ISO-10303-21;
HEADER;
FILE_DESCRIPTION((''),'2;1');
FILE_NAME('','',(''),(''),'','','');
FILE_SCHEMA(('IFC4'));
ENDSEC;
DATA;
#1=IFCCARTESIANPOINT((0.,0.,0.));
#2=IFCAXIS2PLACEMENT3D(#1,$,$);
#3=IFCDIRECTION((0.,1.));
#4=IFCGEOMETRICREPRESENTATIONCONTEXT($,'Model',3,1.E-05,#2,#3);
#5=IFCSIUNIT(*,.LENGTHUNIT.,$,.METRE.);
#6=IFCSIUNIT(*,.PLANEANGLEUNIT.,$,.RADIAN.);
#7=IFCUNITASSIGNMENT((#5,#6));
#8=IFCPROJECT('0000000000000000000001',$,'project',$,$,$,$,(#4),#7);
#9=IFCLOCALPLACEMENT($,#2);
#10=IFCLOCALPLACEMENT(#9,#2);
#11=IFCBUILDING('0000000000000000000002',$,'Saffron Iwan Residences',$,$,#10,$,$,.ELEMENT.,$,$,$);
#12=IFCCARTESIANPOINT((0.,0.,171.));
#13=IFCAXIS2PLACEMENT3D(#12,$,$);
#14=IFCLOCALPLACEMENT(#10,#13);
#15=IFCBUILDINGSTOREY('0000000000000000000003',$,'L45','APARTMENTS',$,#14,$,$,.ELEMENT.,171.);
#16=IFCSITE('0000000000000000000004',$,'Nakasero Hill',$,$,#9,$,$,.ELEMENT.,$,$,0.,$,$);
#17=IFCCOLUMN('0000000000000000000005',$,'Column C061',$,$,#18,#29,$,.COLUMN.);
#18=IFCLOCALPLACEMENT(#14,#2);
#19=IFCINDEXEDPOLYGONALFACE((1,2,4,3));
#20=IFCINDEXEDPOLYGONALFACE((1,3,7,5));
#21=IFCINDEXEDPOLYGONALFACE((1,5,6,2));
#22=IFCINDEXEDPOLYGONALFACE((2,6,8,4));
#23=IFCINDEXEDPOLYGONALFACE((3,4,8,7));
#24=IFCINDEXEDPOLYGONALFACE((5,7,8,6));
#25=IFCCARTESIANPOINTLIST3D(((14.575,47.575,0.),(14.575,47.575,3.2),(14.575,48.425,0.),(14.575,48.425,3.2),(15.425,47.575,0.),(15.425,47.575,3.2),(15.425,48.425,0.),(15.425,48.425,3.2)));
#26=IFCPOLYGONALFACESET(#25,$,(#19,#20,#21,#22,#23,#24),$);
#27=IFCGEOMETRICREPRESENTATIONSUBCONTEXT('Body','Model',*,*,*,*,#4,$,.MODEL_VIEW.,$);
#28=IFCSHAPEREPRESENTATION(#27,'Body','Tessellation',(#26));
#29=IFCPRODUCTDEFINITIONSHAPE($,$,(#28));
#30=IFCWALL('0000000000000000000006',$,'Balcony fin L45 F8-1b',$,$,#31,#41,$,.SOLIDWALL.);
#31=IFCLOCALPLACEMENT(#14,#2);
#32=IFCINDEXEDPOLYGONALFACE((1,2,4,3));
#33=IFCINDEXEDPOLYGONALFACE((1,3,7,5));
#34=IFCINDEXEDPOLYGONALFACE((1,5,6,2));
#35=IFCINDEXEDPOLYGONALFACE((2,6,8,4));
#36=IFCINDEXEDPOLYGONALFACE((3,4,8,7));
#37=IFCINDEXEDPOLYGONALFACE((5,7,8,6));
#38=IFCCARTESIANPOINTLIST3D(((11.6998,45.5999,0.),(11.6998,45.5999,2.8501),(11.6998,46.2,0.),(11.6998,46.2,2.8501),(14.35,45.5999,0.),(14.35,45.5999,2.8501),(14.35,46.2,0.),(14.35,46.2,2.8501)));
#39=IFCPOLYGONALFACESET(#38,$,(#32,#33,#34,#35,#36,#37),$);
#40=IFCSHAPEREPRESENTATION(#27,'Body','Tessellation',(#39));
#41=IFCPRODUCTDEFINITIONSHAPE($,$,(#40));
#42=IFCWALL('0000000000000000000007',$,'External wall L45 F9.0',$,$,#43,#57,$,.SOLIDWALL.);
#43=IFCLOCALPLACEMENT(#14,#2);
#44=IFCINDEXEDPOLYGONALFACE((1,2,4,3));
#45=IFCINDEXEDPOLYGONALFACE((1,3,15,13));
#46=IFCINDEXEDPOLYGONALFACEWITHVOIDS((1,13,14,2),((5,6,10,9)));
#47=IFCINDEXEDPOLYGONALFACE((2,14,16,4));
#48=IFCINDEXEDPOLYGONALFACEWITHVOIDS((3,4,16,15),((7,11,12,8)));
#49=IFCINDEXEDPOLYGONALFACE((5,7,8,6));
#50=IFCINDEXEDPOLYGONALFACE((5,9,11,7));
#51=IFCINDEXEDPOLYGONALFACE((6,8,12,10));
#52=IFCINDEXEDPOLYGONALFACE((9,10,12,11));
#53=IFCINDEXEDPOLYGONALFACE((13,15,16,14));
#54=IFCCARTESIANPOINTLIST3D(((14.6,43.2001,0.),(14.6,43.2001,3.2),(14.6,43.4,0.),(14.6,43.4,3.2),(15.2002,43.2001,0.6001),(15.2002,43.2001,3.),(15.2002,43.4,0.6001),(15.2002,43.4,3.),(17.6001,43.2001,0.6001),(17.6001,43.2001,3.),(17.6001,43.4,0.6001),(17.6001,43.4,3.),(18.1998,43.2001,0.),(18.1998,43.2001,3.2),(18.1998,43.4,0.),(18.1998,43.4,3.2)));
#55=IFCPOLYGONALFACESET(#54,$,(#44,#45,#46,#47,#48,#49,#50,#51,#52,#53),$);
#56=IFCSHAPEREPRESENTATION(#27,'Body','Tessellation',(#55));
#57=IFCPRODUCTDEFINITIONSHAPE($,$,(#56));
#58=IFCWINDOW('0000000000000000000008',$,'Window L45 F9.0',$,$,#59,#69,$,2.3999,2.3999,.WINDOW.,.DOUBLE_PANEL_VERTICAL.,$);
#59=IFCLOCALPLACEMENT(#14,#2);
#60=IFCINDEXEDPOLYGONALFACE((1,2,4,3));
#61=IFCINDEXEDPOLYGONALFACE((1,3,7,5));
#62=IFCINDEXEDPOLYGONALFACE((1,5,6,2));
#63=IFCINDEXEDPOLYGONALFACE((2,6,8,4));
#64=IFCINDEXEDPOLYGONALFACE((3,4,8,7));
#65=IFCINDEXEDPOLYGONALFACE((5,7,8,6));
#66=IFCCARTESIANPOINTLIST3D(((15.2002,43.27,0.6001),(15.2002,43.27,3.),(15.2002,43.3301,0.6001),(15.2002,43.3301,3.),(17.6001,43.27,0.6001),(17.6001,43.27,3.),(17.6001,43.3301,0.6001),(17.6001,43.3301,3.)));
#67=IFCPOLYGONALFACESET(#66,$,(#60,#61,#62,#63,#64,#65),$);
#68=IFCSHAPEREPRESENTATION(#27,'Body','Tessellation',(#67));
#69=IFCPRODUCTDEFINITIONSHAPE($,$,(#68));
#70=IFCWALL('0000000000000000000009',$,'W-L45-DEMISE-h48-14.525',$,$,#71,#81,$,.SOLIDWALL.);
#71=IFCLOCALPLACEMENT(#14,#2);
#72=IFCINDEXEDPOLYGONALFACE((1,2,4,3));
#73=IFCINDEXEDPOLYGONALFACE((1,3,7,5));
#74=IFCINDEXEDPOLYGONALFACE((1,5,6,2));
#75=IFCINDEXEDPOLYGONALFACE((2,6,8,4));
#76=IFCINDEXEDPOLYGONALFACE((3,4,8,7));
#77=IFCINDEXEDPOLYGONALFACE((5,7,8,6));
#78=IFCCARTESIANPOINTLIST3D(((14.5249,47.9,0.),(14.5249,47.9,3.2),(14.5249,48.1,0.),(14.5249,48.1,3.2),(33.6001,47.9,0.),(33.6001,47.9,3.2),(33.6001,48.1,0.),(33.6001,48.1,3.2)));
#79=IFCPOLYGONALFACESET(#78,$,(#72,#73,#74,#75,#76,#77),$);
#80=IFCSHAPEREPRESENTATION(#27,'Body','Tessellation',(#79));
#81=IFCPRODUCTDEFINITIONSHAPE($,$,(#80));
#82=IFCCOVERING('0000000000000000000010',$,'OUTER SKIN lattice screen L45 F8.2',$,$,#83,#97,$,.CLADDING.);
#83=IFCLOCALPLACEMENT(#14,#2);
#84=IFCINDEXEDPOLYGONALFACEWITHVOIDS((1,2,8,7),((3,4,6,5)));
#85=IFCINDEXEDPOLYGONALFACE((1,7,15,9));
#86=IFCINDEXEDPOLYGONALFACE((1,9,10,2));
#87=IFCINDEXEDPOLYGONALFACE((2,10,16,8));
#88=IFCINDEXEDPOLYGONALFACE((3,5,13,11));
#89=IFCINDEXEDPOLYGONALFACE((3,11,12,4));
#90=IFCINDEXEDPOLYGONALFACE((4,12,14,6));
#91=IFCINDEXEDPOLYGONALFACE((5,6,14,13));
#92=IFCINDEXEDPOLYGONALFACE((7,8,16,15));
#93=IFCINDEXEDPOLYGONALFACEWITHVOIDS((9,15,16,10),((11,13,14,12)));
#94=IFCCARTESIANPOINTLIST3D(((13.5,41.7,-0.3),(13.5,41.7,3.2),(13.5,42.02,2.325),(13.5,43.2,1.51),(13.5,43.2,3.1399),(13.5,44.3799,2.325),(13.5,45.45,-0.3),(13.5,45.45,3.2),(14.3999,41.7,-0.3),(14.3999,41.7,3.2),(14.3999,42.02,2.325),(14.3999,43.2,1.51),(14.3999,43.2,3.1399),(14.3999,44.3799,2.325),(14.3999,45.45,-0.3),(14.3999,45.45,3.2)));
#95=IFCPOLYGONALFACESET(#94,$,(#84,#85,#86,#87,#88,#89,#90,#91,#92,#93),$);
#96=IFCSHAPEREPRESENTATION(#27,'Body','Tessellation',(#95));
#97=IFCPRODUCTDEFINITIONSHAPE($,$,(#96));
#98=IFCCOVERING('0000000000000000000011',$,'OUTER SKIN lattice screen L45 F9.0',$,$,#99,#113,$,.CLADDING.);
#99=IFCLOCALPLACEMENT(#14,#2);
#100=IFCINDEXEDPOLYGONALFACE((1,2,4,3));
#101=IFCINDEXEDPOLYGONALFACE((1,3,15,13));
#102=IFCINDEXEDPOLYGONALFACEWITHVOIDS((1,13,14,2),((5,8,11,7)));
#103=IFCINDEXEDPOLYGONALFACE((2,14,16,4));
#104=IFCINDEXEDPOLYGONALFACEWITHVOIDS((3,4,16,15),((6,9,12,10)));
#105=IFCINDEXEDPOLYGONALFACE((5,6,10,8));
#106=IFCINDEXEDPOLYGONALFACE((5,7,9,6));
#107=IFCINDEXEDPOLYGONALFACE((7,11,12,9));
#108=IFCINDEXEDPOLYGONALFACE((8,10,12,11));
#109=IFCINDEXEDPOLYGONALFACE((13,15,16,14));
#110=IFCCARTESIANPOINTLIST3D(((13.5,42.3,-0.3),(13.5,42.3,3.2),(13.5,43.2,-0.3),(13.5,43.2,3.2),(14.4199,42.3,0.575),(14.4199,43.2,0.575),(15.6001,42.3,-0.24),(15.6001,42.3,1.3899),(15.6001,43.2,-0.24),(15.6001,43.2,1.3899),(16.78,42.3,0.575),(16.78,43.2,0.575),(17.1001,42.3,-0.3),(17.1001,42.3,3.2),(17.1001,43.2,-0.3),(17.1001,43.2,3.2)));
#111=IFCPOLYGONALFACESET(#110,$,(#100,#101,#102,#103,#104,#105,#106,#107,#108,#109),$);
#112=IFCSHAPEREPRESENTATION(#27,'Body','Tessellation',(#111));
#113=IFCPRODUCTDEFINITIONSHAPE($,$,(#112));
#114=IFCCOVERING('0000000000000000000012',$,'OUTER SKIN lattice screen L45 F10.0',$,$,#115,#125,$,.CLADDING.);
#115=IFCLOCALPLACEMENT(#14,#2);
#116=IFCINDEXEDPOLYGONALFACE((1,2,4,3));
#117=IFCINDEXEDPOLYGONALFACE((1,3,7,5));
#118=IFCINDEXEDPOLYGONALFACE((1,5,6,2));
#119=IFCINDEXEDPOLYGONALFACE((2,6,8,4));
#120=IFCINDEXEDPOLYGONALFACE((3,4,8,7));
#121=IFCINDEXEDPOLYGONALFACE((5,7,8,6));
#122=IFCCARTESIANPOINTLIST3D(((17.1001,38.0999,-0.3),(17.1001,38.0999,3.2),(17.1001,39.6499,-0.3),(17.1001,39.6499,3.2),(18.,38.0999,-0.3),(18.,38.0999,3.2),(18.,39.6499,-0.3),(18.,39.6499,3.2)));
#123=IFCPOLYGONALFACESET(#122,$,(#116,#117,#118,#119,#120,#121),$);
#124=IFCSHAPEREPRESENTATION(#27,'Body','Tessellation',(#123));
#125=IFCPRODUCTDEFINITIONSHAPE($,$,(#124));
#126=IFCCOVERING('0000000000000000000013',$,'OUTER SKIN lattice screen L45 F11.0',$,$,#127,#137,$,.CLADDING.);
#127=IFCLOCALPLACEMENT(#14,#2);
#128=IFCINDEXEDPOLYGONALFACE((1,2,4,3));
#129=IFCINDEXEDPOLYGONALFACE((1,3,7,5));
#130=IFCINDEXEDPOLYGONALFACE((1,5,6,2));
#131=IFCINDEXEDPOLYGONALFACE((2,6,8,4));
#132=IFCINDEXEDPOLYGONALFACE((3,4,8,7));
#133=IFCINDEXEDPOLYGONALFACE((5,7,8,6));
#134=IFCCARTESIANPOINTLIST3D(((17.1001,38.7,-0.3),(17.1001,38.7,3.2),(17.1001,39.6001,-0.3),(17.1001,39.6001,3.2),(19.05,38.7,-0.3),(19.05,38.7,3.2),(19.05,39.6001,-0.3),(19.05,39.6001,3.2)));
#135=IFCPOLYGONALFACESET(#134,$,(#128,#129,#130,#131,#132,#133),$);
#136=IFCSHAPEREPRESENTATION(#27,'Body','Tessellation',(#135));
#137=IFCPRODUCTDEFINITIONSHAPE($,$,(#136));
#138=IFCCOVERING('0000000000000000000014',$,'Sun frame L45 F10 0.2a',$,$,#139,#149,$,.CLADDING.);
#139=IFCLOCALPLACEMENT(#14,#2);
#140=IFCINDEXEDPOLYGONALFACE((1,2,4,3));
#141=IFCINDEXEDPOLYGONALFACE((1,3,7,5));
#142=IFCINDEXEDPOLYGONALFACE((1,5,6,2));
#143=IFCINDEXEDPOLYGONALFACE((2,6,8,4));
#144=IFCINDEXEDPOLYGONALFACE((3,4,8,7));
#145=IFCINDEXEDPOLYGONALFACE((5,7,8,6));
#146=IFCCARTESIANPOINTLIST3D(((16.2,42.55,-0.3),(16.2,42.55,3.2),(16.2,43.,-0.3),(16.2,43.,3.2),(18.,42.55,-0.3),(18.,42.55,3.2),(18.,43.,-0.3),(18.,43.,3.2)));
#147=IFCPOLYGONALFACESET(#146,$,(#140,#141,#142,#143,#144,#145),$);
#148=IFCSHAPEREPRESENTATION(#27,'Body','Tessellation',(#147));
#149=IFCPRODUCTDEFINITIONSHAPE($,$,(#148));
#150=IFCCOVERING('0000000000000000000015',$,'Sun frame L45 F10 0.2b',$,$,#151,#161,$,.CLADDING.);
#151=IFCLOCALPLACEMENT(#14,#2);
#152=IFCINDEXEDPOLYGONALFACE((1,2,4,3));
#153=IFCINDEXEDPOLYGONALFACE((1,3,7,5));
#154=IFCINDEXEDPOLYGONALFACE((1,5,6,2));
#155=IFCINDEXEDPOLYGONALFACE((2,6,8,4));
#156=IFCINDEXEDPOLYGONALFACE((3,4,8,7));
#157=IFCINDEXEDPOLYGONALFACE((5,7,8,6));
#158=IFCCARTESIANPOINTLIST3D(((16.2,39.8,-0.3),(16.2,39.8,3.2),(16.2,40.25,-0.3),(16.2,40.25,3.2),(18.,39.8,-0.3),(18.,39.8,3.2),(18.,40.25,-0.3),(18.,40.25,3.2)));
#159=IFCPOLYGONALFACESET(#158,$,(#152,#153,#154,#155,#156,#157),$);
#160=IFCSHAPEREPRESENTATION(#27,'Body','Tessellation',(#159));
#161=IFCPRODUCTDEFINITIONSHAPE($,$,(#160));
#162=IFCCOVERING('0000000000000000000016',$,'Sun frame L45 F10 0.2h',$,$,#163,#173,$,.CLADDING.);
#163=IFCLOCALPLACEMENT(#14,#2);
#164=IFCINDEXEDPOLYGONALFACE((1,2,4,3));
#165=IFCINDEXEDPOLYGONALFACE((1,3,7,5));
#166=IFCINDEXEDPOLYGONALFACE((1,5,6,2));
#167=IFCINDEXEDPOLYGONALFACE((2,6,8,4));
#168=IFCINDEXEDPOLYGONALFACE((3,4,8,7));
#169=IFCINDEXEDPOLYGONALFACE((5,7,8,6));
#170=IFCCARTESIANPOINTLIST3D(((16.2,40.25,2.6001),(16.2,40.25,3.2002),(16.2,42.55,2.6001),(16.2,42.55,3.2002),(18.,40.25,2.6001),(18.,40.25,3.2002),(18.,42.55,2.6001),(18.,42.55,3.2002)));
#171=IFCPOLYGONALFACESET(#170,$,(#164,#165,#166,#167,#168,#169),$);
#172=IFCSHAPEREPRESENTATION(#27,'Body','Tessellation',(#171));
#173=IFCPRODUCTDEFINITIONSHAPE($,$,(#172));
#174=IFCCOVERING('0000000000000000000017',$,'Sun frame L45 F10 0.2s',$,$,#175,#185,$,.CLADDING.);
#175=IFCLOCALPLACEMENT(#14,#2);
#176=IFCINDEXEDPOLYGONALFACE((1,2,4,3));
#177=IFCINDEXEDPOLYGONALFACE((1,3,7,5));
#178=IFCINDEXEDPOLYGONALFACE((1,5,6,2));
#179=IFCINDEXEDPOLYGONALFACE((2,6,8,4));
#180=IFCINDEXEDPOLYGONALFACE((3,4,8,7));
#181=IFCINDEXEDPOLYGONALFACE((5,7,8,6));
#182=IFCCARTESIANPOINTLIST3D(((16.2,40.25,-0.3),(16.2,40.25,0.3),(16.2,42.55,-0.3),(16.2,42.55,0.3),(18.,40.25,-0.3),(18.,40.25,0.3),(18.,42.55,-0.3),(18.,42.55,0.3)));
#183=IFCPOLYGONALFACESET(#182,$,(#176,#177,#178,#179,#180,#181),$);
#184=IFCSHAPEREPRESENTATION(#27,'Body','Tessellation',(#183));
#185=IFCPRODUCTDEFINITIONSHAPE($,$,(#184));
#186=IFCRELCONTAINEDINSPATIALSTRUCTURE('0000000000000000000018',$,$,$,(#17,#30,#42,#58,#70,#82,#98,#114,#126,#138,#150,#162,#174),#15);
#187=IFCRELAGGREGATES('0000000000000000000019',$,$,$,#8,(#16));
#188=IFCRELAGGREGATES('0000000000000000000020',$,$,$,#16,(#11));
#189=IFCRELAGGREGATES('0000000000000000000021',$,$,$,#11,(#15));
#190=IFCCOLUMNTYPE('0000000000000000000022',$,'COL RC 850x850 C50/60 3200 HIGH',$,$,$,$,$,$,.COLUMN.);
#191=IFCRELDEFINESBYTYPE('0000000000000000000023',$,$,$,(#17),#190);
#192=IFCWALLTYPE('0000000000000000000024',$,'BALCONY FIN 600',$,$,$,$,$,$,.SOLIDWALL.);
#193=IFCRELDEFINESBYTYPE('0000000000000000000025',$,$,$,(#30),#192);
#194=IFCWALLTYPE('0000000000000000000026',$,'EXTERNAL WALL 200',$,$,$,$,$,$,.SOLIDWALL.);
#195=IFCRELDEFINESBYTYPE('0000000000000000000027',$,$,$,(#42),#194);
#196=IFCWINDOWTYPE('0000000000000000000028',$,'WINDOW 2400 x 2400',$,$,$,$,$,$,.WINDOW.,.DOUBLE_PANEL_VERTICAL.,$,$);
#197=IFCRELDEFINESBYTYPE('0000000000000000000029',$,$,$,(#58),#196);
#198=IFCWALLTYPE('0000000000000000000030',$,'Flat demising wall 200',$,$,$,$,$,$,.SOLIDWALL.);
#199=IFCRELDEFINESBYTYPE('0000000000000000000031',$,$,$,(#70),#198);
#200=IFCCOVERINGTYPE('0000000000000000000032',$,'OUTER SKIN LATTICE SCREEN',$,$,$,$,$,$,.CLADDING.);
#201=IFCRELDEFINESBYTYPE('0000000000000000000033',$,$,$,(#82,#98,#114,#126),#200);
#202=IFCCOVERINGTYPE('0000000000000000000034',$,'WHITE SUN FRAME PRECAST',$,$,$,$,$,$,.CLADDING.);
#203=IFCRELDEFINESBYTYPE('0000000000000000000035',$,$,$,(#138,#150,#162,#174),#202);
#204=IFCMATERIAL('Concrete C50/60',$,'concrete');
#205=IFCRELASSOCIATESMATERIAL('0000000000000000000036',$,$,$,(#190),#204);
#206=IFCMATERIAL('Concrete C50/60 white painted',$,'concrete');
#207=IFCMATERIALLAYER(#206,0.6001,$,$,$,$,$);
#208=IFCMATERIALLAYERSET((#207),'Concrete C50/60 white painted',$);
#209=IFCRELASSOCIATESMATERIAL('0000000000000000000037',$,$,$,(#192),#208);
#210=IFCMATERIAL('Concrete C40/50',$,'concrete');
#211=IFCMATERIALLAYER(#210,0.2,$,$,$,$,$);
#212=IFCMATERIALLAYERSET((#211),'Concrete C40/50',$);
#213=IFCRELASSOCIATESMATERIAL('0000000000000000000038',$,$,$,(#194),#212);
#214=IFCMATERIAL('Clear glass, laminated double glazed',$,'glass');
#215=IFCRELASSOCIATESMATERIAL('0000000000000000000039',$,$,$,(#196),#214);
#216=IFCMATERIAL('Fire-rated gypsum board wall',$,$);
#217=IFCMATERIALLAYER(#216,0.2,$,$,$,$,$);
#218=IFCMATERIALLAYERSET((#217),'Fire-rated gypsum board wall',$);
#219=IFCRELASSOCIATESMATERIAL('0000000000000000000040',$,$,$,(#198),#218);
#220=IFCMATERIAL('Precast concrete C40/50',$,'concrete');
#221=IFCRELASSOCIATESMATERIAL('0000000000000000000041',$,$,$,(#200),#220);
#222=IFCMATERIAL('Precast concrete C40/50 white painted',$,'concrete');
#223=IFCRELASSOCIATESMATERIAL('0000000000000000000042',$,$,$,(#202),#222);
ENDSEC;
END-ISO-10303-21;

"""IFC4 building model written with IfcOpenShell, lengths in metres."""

from ifc_helpers import new_model, si_unit, direction, frame, frame_2d, origin, origin_2d, place, context, subcontext, project, spatial, polyline, rectangle, outline, extrude, source, transform, mapped, material, layer, layer_set, material_profile, profile_set, type_object, element, fill, save


model = new_model("IFC4")

# Units and contexts
model_context = context("Model", 3, precision=1e-05, world=origin(), true_north=direction((0.0, 1.0)))
body_context = subcontext(model_context, "Body", "Model", "MODEL_VIEW")
ifc_project = project(units=[si_unit("LENGTHUNIT", "METRE"), si_unit("PLANEANGLEUNIT", "RADIAN")], contexts=[model_context])

# Site, building, storey
site_placement = place(None, origin())
site = spatial("IfcSite", under=ifc_project, at=site_placement, Name="Nakasero Hill", CompositionType="ELEMENT", RefElevation=0.0)
building_placement = place(site_placement, origin())
building = spatial("IfcBuilding", under=site, at=building_placement, Name="Saffron Iwan Residences", CompositionType="ELEMENT")
storey_placement = place(building_placement, frame((0.0, 0.0, 171.0)))
storey = spatial("IfcBuildingStorey", under=building, at=storey_placement, Name="L45", Description="APARTMENTS", CompositionType="ELEMENT", Elevation=171.0)

# Column
ifc_material_1 = material(Name="Concrete C50/60", Category="concrete")
ifc_material_profile = material_profile(ifc_material_1, rectangle(XDim=0.8501, YDim=0.8501, at=origin_2d()), Name="RC 850x850")
ifc_profile_set = profile_set([ifc_material_profile], Name="Concrete C50/60")
column_type = type_object("IfcColumnType", Name="COL RC 850x850 C50/60 3200 HIGH", PredefinedType="COLUMN", material=ifc_profile_set)
shared_shape = source(origin(), body_context, "Body", "SweptSolid", [
    extrude(rectangle(XDim=0.8501, YDim=0.8501, at=origin_2d()), origin(), (0.0, 0.0, 1.0), 3.2),
])
column_placement = place(storey_placement, frame((15.0, 48.0, 0.0), z_axis=(0.0, 0.0, 1.0), x_axis=(1.0, 0.0, 0.0)))
element("IfcColumn", 1, at=column_placement, inside=storey, type_object=column_type, Name="Column C061", PredefinedType="COLUMN", context=body_context, shape_type="MappedRepresentation", body=[
    mapped(shared_shape, transform((0.0, 0.0, 0.0))),
])

# Wall
ifc_material_2 = material(Name="Concrete C50/60 white painted", Category="concrete")
ifc_layer_1 = layer(ifc_material_2, 0.6001)
ifc_layer_set_1 = layer_set([ifc_layer_1], Name="Concrete C50/60 white painted")
wall_type_1 = type_object("IfcWallType", Name="BALCONY FIN 600", PredefinedType="SOLIDWALL", material=ifc_layer_set_1)
wall_1_placement = place(storey_placement, frame((14.3501, 45.8999, 0.0), z_axis=(0.0, 0.0, 1.0), x_axis=(-1.0, 0.0, 0.0)))
element("IfcWall", 2, at=wall_1_placement, inside=storey, type_object=wall_type_1, Name="Balcony fin L45 F8-1b", PredefinedType="SOLIDWALL", context=body_context, shape_type="SweptSolid", body=[
    extrude(rectangle(XDim=2.6501, YDim=0.6001, at=frame_2d((1.3252, 0.0))), origin(), (0.0, 0.0, 1.0), 2.8501),
])

# Wall, opening, window
ifc_material_3 = material(Name="Concrete C40/50", Category="concrete")
ifc_layer_2 = layer(ifc_material_3, 0.2)
ifc_layer_set_2 = layer_set([ifc_layer_2], Name="Concrete C40/50")
wall_type_2 = type_object("IfcWallType", Name="EXTERNAL WALL 200", PredefinedType="SOLIDWALL", material=ifc_layer_set_2)
wall_2_placement = place(storey_placement, frame((14.6001, 43.3, 0.0), z_axis=(0.0, 0.0, 1.0), x_axis=(1.0, 0.0, 0.0)))
wall_2 = element("IfcWall", 3, at=wall_2_placement, inside=storey, type_object=wall_type_2, Name="External wall L45 F9.0", PredefinedType="SOLIDWALL", context=body_context, shape_type="SweptSolid", body=[
    extrude(rectangle(XDim=3.5999, YDim=0.2, at=frame_2d((1.7998, 0.0))), origin(), (0.0, 0.0, 1.0), 3.2),
])
opening_placement = place(wall_2_placement, frame((0.6001, 0.0, 0.6001)))
opening = element("IfcOpeningElement", 4, at=opening_placement, cuts=wall_2, PredefinedType="OPENING", context=body_context, shape_type="SweptSolid", body=[
    extrude(rectangle(XDim=2.3999, YDim=2.3999, at=frame_2d((1.2, 1.2))), frame((0.0, 0.1099, 0.0), z_axis=(0.0, -1.0, 0.0), x_axis=(1.0, 0.0, 0.0)), (0.0, 0.0, 1.0), 0.22),
])
ifc_material_4 = material(Name="Clear glass, laminated double glazed", Category="glass")
window_type = type_object("IfcWindowType", Name="WINDOW 2400 x 2400", PartitioningType="DOUBLE_PANEL_VERTICAL", PredefinedType="WINDOW", material=ifc_material_4)
window_placement = place(opening_placement, origin())
window = element("IfcWindow", 5, at=window_placement, inside=storey, type_object=window_type, Name="Window L45 F9.0", OverallHeight=2.3999, OverallWidth=2.3999, PartitioningType="DOUBLE_PANEL_VERTICAL", PredefinedType="WINDOW", context=body_context, shape_type="SweptSolid", body=[
    extrude(rectangle(XDim=2.3999, YDim=2.3999, at=frame_2d((1.2, 1.2))), frame((0.0, 0.03, 0.0), z_axis=(0.0, -1.0, 0.0), x_axis=(1.0, 0.0, 0.0)), (0.0, 0.0, 1.0), 0.0601),
])
fill(opening, window)

# Wall
ifc_material_5 = material(Name="Fire-rated gypsum board wall")
ifc_layer_3 = layer(ifc_material_5, 0.2)
ifc_layer_set_3 = layer_set([ifc_layer_3], Name="Fire-rated gypsum board wall")
wall_type_3 = type_object("IfcWallType", Name="Flat demising wall 200", PredefinedType="SOLIDWALL", material=ifc_layer_set_3)
wall_3_placement = place(storey_placement, frame((14.5249, 48.0, 0.0), z_axis=(0.0, 0.0, 1.0), x_axis=(1.0, 0.0, 0.0)))
element("IfcWall", 6, at=wall_3_placement, inside=storey, type_object=wall_type_3, Name="W-L45-DEMISE-h48-14.525", PredefinedType="SOLIDWALL", context=body_context, shape_type="SweptSolid", body=[
    extrude(rectangle(XDim=19.0752, YDim=0.2, at=frame_2d((9.5376, 0.0))), origin(), (0.0, 0.0, 1.0), 3.2),
])

# Coverings
ifc_material_6 = material(Name="Precast concrete C40/50", Category="concrete")
covering_type_1 = type_object("IfcCoveringType", Name="OUTER SKIN LATTICE SCREEN", PredefinedType="CLADDING", material=ifc_material_6)
covering_1_placement = place(storey_placement, frame((14.3999, 45.45, -0.3), z_axis=(-1.0, 0.0, 0.0), x_axis=(0.0, -1.0, 0.0)))
element("IfcCovering", 7, at=covering_1_placement, inside=storey, type_object=covering_type_1, Name="OUTER SKIN lattice screen L45 F8.2", PredefinedType="CLADDING", context=body_context, shape_type="SweptSolid", body=[
    extrude(outline(polyline([(0.0, 0.0), (3.75, 0.0), (3.75, 3.5), (0.0, 3.5), (0.0, 0.0)]), holes=[polyline([(1.0701, 2.625), (2.25, 1.8101), (3.4299, 2.625), (2.25, 3.4399), (1.0701, 2.625)])]), origin(), (0.0, 0.0, 1.0), 0.8999),
])
covering_2_placement = place(storey_placement, frame((13.5, 43.2, -0.3), z_axis=(0.0, -1.0, 0.0), x_axis=(1.0, 0.0, 0.0)))
element("IfcCovering", 8, at=covering_2_placement, inside=storey, type_object=covering_type_1, Name="OUTER SKIN lattice screen L45 F9.0", PredefinedType="CLADDING", context=body_context, shape_type="SweptSolid", body=[
    extrude(outline(polyline([(0.0, 0.0), (3.6001, 0.0), (3.6001, 3.5), (0.0, 3.5), (0.0, 0.0)]), holes=[polyline([(0.9199, 0.875), (2.1001, 0.0601), (3.28, 0.875), (2.1001, 1.6899), (0.9199, 0.875)])]), origin(), (0.0, 0.0, 1.0), 0.8999),
])
covering_3_placement = place(storey_placement, frame((18.0, 39.6499, -0.3), z_axis=(-1.0, 0.0, 0.0), x_axis=(0.0, -1.0, 0.0)))
element("IfcCovering", 9, at=covering_3_placement, inside=storey, type_object=covering_type_1, Name="OUTER SKIN lattice screen L45 F10.0", PredefinedType="CLADDING", context=body_context, shape_type="SweptSolid", body=[
    extrude(outline(polyline([(0.0, 0.0), (1.55, 0.0), (1.55, 3.5), (0.0, 3.5), (0.0, 0.0)])), origin(), (0.0, 0.0, 1.0), 0.8999),
])
covering_4_placement = place(storey_placement, frame((17.1001, 39.6001, -0.3), z_axis=(0.0, -1.0, 0.0), x_axis=(1.0, 0.0, 0.0)))
element("IfcCovering", 10, at=covering_4_placement, inside=storey, type_object=covering_type_1, Name="OUTER SKIN lattice screen L45 F11.0", PredefinedType="CLADDING", context=body_context, shape_type="SweptSolid", body=[
    extrude(outline(polyline([(0.0, 0.0), (1.95, 0.0), (1.95, 3.5), (0.0, 3.5), (0.0, 0.0)])), origin(), (0.0, 0.0, 1.0), 0.9001),
])
ifc_material_7 = material(Name="Precast concrete C40/50 white painted", Category="concrete")
covering_type_2 = type_object("IfcCoveringType", Name="WHITE SUN FRAME PRECAST", PredefinedType="CLADDING", material=ifc_material_7)
for number, where, z_axis, x_axis, name in (
    (11, (18.0, 43.0, -0.3), (-1.0, 0.0, 0.0), (0.0, -1.0, 0.0), "Sun frame L45 F10 0.2a"),
    (12, (18.0, 40.25, -0.3), (-1.0, 0.0, 0.0), (0.0, -1.0, 0.0), "Sun frame L45 F10 0.2b"),
):
    element("IfcCovering", number, at=place(storey_placement, frame(where, z_axis=z_axis, x_axis=x_axis)), inside=storey, type_object=covering_type_2, Name=name, PredefinedType="CLADDING", context=body_context, shape_type="SweptSolid", body=[
        extrude(outline(polyline([(0.0, 0.0), (0.45, 0.0), (0.45, 3.5), (0.0, 3.5), (0.0, 0.0)])), origin(), (0.0, 0.0, 1.0), 1.8),
    ])
for number, where, z_axis, x_axis, name in (
    (13, (18.0, 42.55, 2.6001), (-1.0, 0.0, 0.0), (0.0, -1.0, 0.0), "Sun frame L45 F10 0.2h"),
    (14, (18.0, 42.55, -0.3), (-1.0, 0.0, 0.0), (0.0, -1.0, 0.0), "Sun frame L45 F10 0.2s"),
):
    element("IfcCovering", number, at=place(storey_placement, frame(where, z_axis=z_axis, x_axis=x_axis)), inside=storey, type_object=covering_type_2, Name=name, PredefinedType="CLADDING", context=body_context, shape_type="SweptSolid", body=[
        extrude(outline(polyline([(0.0, 0.0), (2.3, 0.0), (2.3, 0.6001), (0.0, 0.6001), (0.0, 0.0)])), origin(), (0.0, 0.0, 1.0), 1.8),
    ])

save(model, "model.ifc")
